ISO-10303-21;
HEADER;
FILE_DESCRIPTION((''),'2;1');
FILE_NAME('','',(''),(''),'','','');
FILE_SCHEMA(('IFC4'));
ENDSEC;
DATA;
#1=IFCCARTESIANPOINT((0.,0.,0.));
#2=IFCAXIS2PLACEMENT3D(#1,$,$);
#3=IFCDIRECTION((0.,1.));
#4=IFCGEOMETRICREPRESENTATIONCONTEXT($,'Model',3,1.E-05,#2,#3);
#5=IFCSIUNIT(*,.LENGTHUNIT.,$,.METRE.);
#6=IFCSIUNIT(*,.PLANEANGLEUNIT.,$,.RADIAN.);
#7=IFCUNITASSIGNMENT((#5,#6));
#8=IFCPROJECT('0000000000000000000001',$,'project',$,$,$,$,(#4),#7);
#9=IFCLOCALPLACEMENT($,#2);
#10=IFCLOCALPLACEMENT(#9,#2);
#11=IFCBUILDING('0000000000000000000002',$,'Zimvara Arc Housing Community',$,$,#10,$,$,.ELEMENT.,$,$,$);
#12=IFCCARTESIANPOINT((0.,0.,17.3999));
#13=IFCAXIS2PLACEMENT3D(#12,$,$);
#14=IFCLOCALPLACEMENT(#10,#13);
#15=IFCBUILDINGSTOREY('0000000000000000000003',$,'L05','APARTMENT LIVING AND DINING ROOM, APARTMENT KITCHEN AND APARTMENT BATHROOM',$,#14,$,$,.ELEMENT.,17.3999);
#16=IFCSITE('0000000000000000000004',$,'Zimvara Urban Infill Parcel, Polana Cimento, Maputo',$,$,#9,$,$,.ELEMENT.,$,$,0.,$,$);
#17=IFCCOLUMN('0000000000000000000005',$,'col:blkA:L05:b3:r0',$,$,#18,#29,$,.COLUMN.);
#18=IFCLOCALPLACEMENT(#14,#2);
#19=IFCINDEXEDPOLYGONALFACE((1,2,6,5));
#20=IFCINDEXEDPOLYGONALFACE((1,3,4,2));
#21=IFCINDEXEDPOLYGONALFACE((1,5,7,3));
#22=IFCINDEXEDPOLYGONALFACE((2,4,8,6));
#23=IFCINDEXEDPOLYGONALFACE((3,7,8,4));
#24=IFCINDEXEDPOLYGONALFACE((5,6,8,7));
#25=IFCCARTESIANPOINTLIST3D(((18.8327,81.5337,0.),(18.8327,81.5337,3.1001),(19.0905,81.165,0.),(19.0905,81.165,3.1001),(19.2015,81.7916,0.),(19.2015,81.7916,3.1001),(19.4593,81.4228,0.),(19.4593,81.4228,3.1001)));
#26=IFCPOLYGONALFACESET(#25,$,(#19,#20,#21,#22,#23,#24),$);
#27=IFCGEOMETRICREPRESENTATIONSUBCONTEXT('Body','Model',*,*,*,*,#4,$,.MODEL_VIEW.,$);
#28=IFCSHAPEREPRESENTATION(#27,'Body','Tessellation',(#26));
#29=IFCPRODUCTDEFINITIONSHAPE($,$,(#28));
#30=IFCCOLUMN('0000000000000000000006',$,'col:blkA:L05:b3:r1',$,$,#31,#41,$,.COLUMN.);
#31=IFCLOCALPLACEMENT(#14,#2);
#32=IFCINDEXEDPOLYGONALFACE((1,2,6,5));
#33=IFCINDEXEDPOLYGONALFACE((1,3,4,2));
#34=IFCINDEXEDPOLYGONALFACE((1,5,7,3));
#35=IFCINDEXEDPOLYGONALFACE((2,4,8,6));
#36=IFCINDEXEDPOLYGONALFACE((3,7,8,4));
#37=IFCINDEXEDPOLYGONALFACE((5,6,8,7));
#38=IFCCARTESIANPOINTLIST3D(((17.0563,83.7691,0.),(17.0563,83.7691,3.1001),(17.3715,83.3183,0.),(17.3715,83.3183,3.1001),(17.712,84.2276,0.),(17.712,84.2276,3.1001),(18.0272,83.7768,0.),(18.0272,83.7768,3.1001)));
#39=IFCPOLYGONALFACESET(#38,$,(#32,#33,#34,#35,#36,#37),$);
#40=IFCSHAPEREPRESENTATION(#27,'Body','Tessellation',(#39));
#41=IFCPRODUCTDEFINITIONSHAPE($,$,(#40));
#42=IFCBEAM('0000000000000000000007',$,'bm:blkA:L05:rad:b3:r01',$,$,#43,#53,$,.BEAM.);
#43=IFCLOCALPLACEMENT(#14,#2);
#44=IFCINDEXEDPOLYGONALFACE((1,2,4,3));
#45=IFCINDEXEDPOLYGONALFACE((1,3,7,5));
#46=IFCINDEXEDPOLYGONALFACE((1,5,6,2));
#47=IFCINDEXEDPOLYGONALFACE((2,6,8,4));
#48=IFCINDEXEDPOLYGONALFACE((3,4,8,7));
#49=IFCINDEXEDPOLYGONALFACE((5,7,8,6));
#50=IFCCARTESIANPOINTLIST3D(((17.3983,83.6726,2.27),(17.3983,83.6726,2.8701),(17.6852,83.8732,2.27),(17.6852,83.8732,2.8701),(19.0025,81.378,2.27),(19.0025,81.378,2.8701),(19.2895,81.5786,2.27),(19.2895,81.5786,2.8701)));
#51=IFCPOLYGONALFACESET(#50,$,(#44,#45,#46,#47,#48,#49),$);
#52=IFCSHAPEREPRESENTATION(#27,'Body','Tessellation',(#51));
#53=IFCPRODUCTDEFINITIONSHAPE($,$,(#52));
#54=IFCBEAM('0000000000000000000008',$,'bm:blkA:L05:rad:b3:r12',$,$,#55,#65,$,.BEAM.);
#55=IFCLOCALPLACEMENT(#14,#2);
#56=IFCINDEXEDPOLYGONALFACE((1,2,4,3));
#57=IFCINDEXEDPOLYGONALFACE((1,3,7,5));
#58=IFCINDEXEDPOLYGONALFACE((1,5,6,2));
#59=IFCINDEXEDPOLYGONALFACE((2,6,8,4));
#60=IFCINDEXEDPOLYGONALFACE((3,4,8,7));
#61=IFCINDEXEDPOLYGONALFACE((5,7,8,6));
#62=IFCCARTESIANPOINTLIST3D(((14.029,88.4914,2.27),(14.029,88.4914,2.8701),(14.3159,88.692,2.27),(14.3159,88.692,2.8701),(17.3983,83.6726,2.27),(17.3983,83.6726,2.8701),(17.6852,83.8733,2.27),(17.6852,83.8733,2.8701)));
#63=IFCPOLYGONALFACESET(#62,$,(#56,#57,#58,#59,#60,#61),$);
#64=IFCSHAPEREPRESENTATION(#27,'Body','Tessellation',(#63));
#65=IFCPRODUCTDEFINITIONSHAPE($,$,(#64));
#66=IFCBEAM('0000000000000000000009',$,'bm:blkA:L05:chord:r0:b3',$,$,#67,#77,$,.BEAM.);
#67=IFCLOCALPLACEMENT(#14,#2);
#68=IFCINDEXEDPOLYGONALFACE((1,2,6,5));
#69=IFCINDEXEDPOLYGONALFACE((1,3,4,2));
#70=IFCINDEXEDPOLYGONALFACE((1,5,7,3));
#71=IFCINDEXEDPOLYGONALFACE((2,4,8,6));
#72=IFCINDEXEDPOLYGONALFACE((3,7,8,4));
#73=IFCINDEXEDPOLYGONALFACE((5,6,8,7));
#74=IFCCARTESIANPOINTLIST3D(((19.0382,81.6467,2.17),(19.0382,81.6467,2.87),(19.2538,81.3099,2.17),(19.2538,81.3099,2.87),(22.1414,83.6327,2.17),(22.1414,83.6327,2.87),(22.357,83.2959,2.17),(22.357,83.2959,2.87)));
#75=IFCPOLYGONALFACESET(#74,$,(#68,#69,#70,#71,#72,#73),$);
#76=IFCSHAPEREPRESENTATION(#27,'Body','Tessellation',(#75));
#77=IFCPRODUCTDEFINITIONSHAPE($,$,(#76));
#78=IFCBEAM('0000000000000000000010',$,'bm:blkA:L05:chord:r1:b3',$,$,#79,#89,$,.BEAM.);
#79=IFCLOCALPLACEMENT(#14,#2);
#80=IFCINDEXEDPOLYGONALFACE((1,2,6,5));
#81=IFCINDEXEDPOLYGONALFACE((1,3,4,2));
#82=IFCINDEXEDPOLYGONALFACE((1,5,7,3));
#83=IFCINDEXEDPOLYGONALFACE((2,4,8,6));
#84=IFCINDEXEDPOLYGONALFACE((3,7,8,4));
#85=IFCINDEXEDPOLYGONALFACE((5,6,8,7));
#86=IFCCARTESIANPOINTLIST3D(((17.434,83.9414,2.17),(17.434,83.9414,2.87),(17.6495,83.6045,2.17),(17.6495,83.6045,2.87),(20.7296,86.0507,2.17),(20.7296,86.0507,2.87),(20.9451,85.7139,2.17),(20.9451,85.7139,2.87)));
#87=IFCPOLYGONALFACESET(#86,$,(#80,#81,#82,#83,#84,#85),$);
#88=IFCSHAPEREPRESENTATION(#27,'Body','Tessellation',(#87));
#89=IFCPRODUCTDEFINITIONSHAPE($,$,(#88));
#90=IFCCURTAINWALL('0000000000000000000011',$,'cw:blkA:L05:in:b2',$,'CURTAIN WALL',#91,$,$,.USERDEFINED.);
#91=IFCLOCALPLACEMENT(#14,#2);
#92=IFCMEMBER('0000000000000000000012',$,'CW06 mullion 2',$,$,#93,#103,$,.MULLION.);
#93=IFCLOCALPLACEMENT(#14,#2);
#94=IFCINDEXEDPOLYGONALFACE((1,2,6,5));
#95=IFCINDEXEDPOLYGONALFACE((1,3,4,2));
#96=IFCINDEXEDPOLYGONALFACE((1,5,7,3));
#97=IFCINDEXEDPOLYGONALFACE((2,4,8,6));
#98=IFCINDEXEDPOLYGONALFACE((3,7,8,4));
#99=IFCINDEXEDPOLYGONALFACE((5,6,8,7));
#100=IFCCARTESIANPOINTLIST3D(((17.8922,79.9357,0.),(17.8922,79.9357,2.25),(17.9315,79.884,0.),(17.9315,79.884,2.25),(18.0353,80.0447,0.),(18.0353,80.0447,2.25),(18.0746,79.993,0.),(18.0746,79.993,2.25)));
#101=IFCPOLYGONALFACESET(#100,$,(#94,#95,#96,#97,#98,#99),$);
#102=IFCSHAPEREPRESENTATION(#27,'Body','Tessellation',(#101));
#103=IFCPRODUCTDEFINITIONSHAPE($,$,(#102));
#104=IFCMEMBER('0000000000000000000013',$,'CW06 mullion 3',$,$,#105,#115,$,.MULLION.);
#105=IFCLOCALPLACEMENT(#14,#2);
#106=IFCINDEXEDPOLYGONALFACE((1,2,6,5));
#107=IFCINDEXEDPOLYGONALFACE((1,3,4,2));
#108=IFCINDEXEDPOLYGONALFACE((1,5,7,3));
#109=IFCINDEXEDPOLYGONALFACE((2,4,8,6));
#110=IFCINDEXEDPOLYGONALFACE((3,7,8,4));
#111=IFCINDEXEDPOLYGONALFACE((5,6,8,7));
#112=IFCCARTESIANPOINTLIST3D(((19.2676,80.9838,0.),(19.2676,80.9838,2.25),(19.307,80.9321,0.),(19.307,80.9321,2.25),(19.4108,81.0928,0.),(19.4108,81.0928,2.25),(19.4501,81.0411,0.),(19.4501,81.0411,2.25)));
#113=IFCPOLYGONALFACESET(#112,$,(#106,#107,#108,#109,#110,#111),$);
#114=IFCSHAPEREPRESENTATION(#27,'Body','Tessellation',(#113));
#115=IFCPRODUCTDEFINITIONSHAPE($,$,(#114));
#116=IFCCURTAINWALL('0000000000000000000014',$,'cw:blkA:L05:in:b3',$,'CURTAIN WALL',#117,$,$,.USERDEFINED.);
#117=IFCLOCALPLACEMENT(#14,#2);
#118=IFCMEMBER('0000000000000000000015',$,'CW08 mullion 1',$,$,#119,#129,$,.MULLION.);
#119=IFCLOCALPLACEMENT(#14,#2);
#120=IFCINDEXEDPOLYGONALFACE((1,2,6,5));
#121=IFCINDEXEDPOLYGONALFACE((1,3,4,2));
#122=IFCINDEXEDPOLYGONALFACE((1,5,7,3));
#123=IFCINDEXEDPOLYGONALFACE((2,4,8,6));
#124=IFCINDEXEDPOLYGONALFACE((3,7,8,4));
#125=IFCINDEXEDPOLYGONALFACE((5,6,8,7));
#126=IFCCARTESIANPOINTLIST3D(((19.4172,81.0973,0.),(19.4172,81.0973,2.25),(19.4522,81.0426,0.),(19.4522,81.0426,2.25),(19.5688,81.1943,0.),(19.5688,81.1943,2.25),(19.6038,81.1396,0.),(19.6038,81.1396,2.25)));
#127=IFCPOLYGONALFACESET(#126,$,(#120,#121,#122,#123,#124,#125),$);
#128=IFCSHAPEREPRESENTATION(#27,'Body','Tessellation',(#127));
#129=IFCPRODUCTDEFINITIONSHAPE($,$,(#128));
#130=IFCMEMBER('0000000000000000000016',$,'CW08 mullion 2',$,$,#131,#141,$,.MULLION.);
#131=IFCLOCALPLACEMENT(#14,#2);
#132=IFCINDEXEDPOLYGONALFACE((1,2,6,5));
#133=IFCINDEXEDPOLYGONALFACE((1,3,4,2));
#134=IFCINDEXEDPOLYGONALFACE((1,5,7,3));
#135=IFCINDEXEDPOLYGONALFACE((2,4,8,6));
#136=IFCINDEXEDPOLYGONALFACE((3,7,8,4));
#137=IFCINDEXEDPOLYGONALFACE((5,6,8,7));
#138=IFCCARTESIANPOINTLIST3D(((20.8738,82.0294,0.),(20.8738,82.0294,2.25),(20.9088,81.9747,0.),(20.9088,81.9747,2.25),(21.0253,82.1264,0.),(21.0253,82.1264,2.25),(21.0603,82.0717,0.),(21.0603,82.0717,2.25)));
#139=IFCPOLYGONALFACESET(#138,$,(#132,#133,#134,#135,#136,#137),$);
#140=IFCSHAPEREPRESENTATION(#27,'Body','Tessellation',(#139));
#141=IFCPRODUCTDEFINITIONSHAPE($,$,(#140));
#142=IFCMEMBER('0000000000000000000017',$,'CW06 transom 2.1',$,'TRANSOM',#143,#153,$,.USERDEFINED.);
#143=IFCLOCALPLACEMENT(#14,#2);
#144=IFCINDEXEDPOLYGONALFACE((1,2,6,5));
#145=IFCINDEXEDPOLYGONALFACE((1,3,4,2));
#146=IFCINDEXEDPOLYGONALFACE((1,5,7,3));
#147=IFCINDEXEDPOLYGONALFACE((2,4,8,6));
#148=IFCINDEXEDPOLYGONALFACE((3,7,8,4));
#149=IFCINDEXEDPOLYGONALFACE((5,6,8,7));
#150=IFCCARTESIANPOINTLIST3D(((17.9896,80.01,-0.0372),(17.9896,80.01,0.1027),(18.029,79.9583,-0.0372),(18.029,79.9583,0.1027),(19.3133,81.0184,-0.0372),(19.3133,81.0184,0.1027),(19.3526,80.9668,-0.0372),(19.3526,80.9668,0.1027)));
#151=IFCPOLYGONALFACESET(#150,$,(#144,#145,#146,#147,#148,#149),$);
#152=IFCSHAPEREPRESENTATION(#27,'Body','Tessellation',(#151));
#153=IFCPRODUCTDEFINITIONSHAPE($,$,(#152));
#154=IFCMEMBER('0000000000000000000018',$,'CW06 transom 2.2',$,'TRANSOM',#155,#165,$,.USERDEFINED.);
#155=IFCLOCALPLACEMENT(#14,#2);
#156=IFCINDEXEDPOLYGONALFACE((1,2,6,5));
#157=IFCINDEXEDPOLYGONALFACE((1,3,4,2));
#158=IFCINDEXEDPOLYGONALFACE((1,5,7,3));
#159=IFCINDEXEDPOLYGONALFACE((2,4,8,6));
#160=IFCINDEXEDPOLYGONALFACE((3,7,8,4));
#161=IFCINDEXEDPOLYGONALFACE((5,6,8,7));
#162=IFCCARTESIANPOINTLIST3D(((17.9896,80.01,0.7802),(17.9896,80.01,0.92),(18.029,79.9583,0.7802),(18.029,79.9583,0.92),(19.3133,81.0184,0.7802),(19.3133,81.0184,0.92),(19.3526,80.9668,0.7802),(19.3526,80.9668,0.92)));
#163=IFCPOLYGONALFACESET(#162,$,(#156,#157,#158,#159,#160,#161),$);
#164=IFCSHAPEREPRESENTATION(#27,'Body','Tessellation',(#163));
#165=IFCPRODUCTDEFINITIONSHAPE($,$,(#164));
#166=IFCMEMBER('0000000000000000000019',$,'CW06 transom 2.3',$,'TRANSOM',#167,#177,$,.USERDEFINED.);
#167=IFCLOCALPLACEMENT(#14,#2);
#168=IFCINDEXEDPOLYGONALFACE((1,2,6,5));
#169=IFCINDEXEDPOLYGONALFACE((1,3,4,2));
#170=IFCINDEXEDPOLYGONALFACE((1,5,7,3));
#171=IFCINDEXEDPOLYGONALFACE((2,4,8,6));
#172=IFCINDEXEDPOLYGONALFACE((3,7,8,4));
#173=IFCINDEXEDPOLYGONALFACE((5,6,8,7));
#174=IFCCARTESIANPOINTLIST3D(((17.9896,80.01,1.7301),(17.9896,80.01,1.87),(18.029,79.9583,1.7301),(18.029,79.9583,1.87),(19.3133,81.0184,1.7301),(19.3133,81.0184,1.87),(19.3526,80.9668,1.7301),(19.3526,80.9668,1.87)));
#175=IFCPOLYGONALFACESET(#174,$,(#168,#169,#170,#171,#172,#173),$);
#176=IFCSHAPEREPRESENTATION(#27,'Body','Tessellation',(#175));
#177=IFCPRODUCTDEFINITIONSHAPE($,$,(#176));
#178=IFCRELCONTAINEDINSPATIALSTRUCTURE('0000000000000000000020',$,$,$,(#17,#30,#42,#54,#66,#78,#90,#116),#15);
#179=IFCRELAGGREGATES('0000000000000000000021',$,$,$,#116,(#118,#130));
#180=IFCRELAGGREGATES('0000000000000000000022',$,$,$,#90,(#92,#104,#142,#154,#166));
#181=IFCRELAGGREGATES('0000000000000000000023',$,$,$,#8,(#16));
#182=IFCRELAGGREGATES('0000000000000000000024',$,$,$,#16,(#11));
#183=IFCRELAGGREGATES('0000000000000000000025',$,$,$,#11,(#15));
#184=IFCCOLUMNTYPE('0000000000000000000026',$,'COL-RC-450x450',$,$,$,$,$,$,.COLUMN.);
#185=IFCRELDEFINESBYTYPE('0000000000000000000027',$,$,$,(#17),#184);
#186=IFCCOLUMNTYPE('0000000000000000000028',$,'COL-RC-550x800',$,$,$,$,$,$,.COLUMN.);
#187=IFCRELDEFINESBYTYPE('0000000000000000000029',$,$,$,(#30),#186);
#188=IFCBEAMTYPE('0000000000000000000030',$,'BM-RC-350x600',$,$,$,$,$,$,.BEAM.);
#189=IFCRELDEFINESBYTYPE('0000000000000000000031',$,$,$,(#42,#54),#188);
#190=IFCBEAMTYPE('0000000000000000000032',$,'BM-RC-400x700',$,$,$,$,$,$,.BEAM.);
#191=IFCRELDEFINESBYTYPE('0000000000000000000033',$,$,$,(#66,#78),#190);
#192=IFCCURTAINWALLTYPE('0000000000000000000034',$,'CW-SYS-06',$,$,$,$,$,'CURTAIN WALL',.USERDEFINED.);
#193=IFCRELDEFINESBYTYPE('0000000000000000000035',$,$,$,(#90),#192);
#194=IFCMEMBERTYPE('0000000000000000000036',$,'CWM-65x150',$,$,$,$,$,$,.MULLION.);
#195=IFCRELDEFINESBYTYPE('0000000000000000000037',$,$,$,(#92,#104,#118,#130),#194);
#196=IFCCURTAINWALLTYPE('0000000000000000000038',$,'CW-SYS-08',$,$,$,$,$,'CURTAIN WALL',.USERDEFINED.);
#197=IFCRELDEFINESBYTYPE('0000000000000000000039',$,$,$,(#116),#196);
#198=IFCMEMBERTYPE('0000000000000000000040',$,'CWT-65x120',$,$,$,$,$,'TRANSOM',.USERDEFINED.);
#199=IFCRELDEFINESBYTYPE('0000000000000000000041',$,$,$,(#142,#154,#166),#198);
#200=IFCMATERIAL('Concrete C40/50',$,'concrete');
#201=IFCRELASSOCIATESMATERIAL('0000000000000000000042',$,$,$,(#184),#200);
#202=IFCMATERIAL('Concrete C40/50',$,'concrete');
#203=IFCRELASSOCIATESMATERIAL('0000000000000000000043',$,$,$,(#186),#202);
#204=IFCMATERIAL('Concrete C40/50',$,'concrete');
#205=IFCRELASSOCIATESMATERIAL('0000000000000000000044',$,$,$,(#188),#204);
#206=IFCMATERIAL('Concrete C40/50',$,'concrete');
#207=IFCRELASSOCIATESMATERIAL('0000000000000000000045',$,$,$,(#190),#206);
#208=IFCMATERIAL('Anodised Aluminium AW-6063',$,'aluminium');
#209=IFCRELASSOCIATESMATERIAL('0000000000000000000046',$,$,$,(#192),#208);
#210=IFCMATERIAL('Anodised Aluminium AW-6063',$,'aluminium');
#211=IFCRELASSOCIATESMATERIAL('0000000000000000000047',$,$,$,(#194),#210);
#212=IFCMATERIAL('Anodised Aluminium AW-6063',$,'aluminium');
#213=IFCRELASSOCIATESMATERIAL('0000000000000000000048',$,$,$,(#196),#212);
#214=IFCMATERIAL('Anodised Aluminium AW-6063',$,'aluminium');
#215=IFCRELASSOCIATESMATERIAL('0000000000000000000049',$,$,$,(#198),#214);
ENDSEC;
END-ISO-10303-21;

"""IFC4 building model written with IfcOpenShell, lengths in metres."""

from ifc_helpers import new_model, si_unit, direction, frame, origin, origin_2d, place, context, subcontext, project, spatial, rectangle, extrude, material, material_profile, profile_set, type_object, element, aggregate, save


model = new_model("IFC4")

# Units and contexts
model_context = context("Model", 3, precision=1e-05, world=origin(), true_north=direction((0.0, 1.0)))
body_context = subcontext(model_context, "Body", "Model", "MODEL_VIEW")
ifc_project = project(units=[si_unit("LENGTHUNIT", "METRE"), si_unit("PLANEANGLEUNIT", "RADIAN")], contexts=[model_context])

# Site, building, storey
site_placement = place(None, origin())
site = spatial("IfcSite", under=ifc_project, at=site_placement, Name="Zimvara Urban Infill Parcel, Polana Cimento, Maputo", CompositionType="ELEMENT", RefElevation=0.0)
building_placement = place(site_placement, origin())
building = spatial("IfcBuilding", under=site, at=building_placement, Name="Zimvara Arc Housing Community", CompositionType="ELEMENT")
storey_placement = place(building_placement, frame((0.0, 0.0, 17.3999)))
storey = spatial("IfcBuildingStorey", under=building, at=storey_placement, Name="L05", Description="APARTMENT LIVING AND DINING ROOM, APARTMENT KITCHEN AND APARTMENT BATHROOM", CompositionType="ELEMENT", Elevation=17.3999)

# Columns
ifc_material_1 = material(Name="Concrete C40/50", Category="concrete")
ifc_material_profile_1 = material_profile(ifc_material_1, rectangle(XDim=0.45, YDim=0.45, at=origin_2d()), Name="RC 450x450")
ifc_profile_set_1 = profile_set([ifc_material_profile_1], Name="Concrete C40/50")
column_type_1 = type_object("IfcColumnType", Name="COL-RC-450x450", PredefinedType="COLUMN", material=ifc_profile_set_1)
column_1_placement = place(storey_placement, frame((19.146, 81.4783, 0.0), z_axis=(0.0, 0.0, 1.0), x_axis=(-0.573004, 0.819552, 0.0)))
element("IfcColumn", 1, at=column_1_placement, inside=storey, type_object=column_type_1, Name="col:blkA:L05:b3:r0", PredefinedType="COLUMN", context=body_context, shape_type="SweptSolid", body=[
    extrude(rectangle(XDim=0.45, YDim=0.45, at=origin_2d()), origin(), (0.0, 0.0, 1.0), 3.1001),
])
ifc_material_2 = material(Name="Concrete C40/50", Category="concrete")
ifc_material_profile_2 = material_profile(ifc_material_2, rectangle(XDim=0.55, YDim=0.8, at=origin_2d()), Name="RC 550x800")
ifc_profile_set_2 = profile_set([ifc_material_profile_2], Name="Concrete C40/50")
column_type_2 = type_object("IfcColumnType", Name="COL-RC-550x800", PredefinedType="COLUMN", material=ifc_profile_set_2)
column_2_placement = place(storey_placement, frame((17.5417, 83.7729, 0.0), z_axis=(0.0, 0.0, 1.0), x_axis=(-0.573004, 0.819552, 0.0)))
element("IfcColumn", 2, at=column_2_placement, inside=storey, type_object=column_type_2, Name="col:blkA:L05:b3:r1", PredefinedType="COLUMN", context=body_context, shape_type="SweptSolid", body=[
    extrude(rectangle(XDim=0.55, YDim=0.8, at=origin_2d()), origin(), (0.0, 0.0, 1.0), 3.1001),
])

# Beams
ifc_material_3 = material(Name="Concrete C40/50", Category="concrete")
ifc_material_profile_3 = material_profile(ifc_material_3, rectangle(XDim=0.3501, YDim=0.6001, at=origin_2d()), Name="RC 350x600")
ifc_profile_set_3 = profile_set([ifc_material_profile_3], Name="Concrete C40/50")
beam_type_1 = type_object("IfcBeamType", Name="BM-RC-350x600", PredefinedType="BEAM", material=ifc_profile_set_3)
beam_1_placement = place(storey_placement, frame((19.146, 81.4783, 2.5701), z_axis=(-0.572977, 0.819572, 0.0), x_axis=(-0.819572, -0.572977, 0.0)))
element("IfcBeam", 3, at=beam_1_placement, inside=storey, type_object=beam_type_1, Name="bm:blkA:L05:rad:b3:r01", PredefinedType="BEAM", context=body_context, shape_type="SweptSolid", body=[
    extrude(rectangle(XDim=0.3501, YDim=0.6001, at=origin_2d()), origin(), (0.0, 0.0, 1.0), 2.7998),
])
beam_2_placement = place(storey_placement, frame((17.5417, 83.7729, 2.5701), z_axis=(-0.573028, 0.819536, 0.0), x_axis=(-0.819536, -0.573028, 0.0)))
element("IfcBeam", 4, at=beam_2_placement, inside=storey, type_object=beam_type_1, Name="bm:blkA:L05:rad:b3:r12", PredefinedType="BEAM", context=body_context, shape_type="SweptSolid", body=[
    extrude(rectangle(XDim=0.3501, YDim=0.6001, at=origin_2d()), origin(), (0.0, 0.0, 1.0), 5.8799),
])
ifc_material_4 = material(Name="Concrete C40/50", Category="concrete")
ifc_material_profile_4 = material_profile(ifc_material_4, rectangle(XDim=0.3999, YDim=0.7, at=origin_2d()), Name="RC 400x700")
ifc_profile_set_4 = profile_set([ifc_material_profile_4], Name="Concrete C40/50")
beam_type_2 = type_object("IfcBeamType", Name="BM-RC-400x700", PredefinedType="BEAM", material=ifc_profile_set_4)
beam_3_placement = place(storey_placement, frame((19.146, 81.4783, 2.52), z_axis=(0.842273, 0.539052, 0.0), x_axis=(-0.539052, 0.842273, 0.0)))
element("IfcBeam", 5, at=beam_3_placement, inside=storey, type_object=beam_type_2, Name="bm:blkA:L05:chord:r0:b3", PredefinedType="BEAM", context=body_context, shape_type="SweptSolid", body=[
    extrude(rectangle(XDim=0.3999, YDim=0.7, at=origin_2d()), origin(), (0.0, 0.0, 1.0), 3.6843),
])
beam_4_placement = place(storey_placement, frame((17.5417, 83.7729, 2.52), z_axis=(0.842253, 0.539082, 0.0), x_axis=(-0.539082, 0.842253, 0.0)))
element("IfcBeam", 6, at=beam_4_placement, inside=storey, type_object=beam_type_2, Name="bm:blkA:L05:chord:r1:b3", PredefinedType="BEAM", context=body_context, shape_type="SweptSolid", body=[
    extrude(rectangle(XDim=0.3999, YDim=0.7, at=origin_2d()), origin(), (0.0, 0.0, 1.0), 3.9128),
])

# Curtain walls, members
ifc_material_5 = material(Name="Anodised Aluminium AW-6063", Category="aluminium")
curtain_wall_type_1 = type_object("IfcCurtainWallType", Name="CW-SYS-06", ElementType="CURTAIN WALL", PredefinedType="USERDEFINED", material=ifc_material_5)
curtain_wall_1_placement = place(storey_placement, origin())
curtain_wall_1 = element("IfcCurtainWall", 7, at=curtain_wall_1_placement, inside=storey, type_object=curtain_wall_type_1, Name="cw:blkA:L05:in:b2", ObjectType="CURTAIN WALL", PredefinedType="USERDEFINED")
ifc_material_6 = material(Name="Anodised Aluminium AW-6063", Category="aluminium")
ifc_material_profile_5 = material_profile(ifc_material_6, rectangle(XDim=0.0649, YDim=0.1799, at=origin_2d()), Name="ALU 65x180")
ifc_profile_set_5 = profile_set([ifc_material_profile_5], Name="Anodised Aluminium AW-6063")
member_type_1 = type_object("IfcMemberType", Name="CWM-65x150", PredefinedType="MULLION", material=ifc_profile_set_5)
member_1_placement = place(storey_placement, frame((17.9834, 79.9644, 0.0), z_axis=(0.0, 0.0, 1.0), x_axis=(-0.605988, 0.795474, 0.0)))
member_1 = element("IfcMember", 8, at=member_1_placement, type_object=member_type_1, Name="CW06 mullion 2", PredefinedType="MULLION", context=body_context, shape_type="SweptSolid", body=[
    extrude(rectangle(XDim=0.0649, YDim=0.1799, at=origin_2d()), origin(), (0.0, 0.0, 1.0), 2.25),
])
member_2_placement = place(storey_placement, frame((19.3589, 81.0125, 0.0), z_axis=(0.0, 0.0, 1.0), x_axis=(-0.605988, 0.795474, 0.0)))
member_2 = element("IfcMember", 9, at=member_2_placement, type_object=member_type_1, Name="CW06 mullion 3", PredefinedType="MULLION", context=body_context, shape_type="SweptSolid", body=[
    extrude(rectangle(XDim=0.0649, YDim=0.1799, at=origin_2d()), origin(), (0.0, 0.0, 1.0), 2.25),
])
ifc_material_7 = material(Name="Anodised Aluminium AW-6063", Category="aluminium")
curtain_wall_type_2 = type_object("IfcCurtainWallType", Name="CW-SYS-08", ElementType="CURTAIN WALL", PredefinedType="USERDEFINED", material=ifc_material_7)
curtain_wall_2_placement = place(storey_placement, origin())
curtain_wall_2 = element("IfcCurtainWall", 10, at=curtain_wall_2_placement, inside=storey, type_object=curtain_wall_type_2, Name="cw:blkA:L05:in:b3", ObjectType="CURTAIN WALL", PredefinedType="USERDEFINED")
member_3_placement = place(storey_placement, frame((19.5105, 81.1184, 0.0), z_axis=(0.0, 0.0, 1.0), x_axis=(-0.539064, 0.842265, 0.0)))
member_3 = element("IfcMember", 11, at=member_3_placement, type_object=member_type_1, Name="CW08 mullion 1", PredefinedType="MULLION", context=body_context, shape_type="SweptSolid", body=[
    extrude(rectangle(XDim=0.0649, YDim=0.1799, at=origin_2d()), origin(), (0.0, 0.0, 1.0), 2.25),
])
member_4_placement = place(storey_placement, frame((20.967, 82.0505, 0.0), z_axis=(0.0, 0.0, 1.0), x_axis=(-0.539064, 0.842265, 0.0)))
member_4 = element("IfcMember", 12, at=member_4_placement, type_object=member_type_1, Name="CW08 mullion 2", PredefinedType="MULLION", context=body_context, shape_type="SweptSolid", body=[
    extrude(rectangle(XDim=0.0649, YDim=0.1799, at=origin_2d()), origin(), (0.0, 0.0, 1.0), 2.25),
])

# Members
ifc_material_8 = material(Name="Anodised Aluminium AW-6063", Category="aluminium")
ifc_material_profile_6 = material_profile(ifc_material_8, rectangle(XDim=0.0649, YDim=0.1399, at=origin_2d()), Name="ALU 65x140")
ifc_profile_set_6 = profile_set([ifc_material_profile_6], Name="Anodised Aluminium AW-6063")
member_type_2 = type_object("IfcMemberType", Name="CWT-65x120", ElementType="TRANSOM", PredefinedType="USERDEFINED", material=ifc_profile_set_6)
member_5_placement = place(storey_placement, frame((18.0093, 79.9841, 0.0327), z_axis=(0.795435, 0.606039, 0.0), x_axis=(-0.606039, 0.795435, 0.0)))
member_5 = element("IfcMember", 13, at=member_5_placement, type_object=member_type_2, Name="CW06 transom 2.1", ObjectType="TRANSOM", PredefinedType="USERDEFINED", context=body_context, shape_type="SweptSolid", body=[
    extrude(rectangle(XDim=0.0649, YDim=0.1399, at=origin_2d()), origin(), (0.0, 0.0, 1.0), 1.6641),
])
member_6_placement = place(storey_placement, frame((18.0093, 79.9841, 0.8501), z_axis=(0.795435, 0.606039, 0.0), x_axis=(-0.606039, 0.795435, 0.0)))
member_6 = element("IfcMember", 14, at=member_6_placement, type_object=member_type_2, Name="CW06 transom 2.2", ObjectType="TRANSOM", PredefinedType="USERDEFINED", context=body_context, shape_type="SweptSolid", body=[
    extrude(rectangle(XDim=0.0649, YDim=0.1399, at=origin_2d()), origin(), (0.0, 0.0, 1.0), 1.6641),
])
member_7_placement = place(storey_placement, frame((18.0093, 79.9841, 1.8), z_axis=(0.795435, 0.606039, 0.0), x_axis=(-0.606039, 0.795435, 0.0)))
member_7 = element("IfcMember", 15, at=member_7_placement, type_object=member_type_2, Name="CW06 transom 2.3", ObjectType="TRANSOM", PredefinedType="USERDEFINED", context=body_context, shape_type="SweptSolid", body=[
    extrude(rectangle(XDim=0.0649, YDim=0.1399, at=origin_2d()), origin(), (0.0, 0.0, 1.0), 1.6641),
])

aggregate(curtain_wall_2, [member_3, member_4])
aggregate(curtain_wall_1, [member_1, member_2, member_5, member_6, member_7])

save(model, "model.ifc")
